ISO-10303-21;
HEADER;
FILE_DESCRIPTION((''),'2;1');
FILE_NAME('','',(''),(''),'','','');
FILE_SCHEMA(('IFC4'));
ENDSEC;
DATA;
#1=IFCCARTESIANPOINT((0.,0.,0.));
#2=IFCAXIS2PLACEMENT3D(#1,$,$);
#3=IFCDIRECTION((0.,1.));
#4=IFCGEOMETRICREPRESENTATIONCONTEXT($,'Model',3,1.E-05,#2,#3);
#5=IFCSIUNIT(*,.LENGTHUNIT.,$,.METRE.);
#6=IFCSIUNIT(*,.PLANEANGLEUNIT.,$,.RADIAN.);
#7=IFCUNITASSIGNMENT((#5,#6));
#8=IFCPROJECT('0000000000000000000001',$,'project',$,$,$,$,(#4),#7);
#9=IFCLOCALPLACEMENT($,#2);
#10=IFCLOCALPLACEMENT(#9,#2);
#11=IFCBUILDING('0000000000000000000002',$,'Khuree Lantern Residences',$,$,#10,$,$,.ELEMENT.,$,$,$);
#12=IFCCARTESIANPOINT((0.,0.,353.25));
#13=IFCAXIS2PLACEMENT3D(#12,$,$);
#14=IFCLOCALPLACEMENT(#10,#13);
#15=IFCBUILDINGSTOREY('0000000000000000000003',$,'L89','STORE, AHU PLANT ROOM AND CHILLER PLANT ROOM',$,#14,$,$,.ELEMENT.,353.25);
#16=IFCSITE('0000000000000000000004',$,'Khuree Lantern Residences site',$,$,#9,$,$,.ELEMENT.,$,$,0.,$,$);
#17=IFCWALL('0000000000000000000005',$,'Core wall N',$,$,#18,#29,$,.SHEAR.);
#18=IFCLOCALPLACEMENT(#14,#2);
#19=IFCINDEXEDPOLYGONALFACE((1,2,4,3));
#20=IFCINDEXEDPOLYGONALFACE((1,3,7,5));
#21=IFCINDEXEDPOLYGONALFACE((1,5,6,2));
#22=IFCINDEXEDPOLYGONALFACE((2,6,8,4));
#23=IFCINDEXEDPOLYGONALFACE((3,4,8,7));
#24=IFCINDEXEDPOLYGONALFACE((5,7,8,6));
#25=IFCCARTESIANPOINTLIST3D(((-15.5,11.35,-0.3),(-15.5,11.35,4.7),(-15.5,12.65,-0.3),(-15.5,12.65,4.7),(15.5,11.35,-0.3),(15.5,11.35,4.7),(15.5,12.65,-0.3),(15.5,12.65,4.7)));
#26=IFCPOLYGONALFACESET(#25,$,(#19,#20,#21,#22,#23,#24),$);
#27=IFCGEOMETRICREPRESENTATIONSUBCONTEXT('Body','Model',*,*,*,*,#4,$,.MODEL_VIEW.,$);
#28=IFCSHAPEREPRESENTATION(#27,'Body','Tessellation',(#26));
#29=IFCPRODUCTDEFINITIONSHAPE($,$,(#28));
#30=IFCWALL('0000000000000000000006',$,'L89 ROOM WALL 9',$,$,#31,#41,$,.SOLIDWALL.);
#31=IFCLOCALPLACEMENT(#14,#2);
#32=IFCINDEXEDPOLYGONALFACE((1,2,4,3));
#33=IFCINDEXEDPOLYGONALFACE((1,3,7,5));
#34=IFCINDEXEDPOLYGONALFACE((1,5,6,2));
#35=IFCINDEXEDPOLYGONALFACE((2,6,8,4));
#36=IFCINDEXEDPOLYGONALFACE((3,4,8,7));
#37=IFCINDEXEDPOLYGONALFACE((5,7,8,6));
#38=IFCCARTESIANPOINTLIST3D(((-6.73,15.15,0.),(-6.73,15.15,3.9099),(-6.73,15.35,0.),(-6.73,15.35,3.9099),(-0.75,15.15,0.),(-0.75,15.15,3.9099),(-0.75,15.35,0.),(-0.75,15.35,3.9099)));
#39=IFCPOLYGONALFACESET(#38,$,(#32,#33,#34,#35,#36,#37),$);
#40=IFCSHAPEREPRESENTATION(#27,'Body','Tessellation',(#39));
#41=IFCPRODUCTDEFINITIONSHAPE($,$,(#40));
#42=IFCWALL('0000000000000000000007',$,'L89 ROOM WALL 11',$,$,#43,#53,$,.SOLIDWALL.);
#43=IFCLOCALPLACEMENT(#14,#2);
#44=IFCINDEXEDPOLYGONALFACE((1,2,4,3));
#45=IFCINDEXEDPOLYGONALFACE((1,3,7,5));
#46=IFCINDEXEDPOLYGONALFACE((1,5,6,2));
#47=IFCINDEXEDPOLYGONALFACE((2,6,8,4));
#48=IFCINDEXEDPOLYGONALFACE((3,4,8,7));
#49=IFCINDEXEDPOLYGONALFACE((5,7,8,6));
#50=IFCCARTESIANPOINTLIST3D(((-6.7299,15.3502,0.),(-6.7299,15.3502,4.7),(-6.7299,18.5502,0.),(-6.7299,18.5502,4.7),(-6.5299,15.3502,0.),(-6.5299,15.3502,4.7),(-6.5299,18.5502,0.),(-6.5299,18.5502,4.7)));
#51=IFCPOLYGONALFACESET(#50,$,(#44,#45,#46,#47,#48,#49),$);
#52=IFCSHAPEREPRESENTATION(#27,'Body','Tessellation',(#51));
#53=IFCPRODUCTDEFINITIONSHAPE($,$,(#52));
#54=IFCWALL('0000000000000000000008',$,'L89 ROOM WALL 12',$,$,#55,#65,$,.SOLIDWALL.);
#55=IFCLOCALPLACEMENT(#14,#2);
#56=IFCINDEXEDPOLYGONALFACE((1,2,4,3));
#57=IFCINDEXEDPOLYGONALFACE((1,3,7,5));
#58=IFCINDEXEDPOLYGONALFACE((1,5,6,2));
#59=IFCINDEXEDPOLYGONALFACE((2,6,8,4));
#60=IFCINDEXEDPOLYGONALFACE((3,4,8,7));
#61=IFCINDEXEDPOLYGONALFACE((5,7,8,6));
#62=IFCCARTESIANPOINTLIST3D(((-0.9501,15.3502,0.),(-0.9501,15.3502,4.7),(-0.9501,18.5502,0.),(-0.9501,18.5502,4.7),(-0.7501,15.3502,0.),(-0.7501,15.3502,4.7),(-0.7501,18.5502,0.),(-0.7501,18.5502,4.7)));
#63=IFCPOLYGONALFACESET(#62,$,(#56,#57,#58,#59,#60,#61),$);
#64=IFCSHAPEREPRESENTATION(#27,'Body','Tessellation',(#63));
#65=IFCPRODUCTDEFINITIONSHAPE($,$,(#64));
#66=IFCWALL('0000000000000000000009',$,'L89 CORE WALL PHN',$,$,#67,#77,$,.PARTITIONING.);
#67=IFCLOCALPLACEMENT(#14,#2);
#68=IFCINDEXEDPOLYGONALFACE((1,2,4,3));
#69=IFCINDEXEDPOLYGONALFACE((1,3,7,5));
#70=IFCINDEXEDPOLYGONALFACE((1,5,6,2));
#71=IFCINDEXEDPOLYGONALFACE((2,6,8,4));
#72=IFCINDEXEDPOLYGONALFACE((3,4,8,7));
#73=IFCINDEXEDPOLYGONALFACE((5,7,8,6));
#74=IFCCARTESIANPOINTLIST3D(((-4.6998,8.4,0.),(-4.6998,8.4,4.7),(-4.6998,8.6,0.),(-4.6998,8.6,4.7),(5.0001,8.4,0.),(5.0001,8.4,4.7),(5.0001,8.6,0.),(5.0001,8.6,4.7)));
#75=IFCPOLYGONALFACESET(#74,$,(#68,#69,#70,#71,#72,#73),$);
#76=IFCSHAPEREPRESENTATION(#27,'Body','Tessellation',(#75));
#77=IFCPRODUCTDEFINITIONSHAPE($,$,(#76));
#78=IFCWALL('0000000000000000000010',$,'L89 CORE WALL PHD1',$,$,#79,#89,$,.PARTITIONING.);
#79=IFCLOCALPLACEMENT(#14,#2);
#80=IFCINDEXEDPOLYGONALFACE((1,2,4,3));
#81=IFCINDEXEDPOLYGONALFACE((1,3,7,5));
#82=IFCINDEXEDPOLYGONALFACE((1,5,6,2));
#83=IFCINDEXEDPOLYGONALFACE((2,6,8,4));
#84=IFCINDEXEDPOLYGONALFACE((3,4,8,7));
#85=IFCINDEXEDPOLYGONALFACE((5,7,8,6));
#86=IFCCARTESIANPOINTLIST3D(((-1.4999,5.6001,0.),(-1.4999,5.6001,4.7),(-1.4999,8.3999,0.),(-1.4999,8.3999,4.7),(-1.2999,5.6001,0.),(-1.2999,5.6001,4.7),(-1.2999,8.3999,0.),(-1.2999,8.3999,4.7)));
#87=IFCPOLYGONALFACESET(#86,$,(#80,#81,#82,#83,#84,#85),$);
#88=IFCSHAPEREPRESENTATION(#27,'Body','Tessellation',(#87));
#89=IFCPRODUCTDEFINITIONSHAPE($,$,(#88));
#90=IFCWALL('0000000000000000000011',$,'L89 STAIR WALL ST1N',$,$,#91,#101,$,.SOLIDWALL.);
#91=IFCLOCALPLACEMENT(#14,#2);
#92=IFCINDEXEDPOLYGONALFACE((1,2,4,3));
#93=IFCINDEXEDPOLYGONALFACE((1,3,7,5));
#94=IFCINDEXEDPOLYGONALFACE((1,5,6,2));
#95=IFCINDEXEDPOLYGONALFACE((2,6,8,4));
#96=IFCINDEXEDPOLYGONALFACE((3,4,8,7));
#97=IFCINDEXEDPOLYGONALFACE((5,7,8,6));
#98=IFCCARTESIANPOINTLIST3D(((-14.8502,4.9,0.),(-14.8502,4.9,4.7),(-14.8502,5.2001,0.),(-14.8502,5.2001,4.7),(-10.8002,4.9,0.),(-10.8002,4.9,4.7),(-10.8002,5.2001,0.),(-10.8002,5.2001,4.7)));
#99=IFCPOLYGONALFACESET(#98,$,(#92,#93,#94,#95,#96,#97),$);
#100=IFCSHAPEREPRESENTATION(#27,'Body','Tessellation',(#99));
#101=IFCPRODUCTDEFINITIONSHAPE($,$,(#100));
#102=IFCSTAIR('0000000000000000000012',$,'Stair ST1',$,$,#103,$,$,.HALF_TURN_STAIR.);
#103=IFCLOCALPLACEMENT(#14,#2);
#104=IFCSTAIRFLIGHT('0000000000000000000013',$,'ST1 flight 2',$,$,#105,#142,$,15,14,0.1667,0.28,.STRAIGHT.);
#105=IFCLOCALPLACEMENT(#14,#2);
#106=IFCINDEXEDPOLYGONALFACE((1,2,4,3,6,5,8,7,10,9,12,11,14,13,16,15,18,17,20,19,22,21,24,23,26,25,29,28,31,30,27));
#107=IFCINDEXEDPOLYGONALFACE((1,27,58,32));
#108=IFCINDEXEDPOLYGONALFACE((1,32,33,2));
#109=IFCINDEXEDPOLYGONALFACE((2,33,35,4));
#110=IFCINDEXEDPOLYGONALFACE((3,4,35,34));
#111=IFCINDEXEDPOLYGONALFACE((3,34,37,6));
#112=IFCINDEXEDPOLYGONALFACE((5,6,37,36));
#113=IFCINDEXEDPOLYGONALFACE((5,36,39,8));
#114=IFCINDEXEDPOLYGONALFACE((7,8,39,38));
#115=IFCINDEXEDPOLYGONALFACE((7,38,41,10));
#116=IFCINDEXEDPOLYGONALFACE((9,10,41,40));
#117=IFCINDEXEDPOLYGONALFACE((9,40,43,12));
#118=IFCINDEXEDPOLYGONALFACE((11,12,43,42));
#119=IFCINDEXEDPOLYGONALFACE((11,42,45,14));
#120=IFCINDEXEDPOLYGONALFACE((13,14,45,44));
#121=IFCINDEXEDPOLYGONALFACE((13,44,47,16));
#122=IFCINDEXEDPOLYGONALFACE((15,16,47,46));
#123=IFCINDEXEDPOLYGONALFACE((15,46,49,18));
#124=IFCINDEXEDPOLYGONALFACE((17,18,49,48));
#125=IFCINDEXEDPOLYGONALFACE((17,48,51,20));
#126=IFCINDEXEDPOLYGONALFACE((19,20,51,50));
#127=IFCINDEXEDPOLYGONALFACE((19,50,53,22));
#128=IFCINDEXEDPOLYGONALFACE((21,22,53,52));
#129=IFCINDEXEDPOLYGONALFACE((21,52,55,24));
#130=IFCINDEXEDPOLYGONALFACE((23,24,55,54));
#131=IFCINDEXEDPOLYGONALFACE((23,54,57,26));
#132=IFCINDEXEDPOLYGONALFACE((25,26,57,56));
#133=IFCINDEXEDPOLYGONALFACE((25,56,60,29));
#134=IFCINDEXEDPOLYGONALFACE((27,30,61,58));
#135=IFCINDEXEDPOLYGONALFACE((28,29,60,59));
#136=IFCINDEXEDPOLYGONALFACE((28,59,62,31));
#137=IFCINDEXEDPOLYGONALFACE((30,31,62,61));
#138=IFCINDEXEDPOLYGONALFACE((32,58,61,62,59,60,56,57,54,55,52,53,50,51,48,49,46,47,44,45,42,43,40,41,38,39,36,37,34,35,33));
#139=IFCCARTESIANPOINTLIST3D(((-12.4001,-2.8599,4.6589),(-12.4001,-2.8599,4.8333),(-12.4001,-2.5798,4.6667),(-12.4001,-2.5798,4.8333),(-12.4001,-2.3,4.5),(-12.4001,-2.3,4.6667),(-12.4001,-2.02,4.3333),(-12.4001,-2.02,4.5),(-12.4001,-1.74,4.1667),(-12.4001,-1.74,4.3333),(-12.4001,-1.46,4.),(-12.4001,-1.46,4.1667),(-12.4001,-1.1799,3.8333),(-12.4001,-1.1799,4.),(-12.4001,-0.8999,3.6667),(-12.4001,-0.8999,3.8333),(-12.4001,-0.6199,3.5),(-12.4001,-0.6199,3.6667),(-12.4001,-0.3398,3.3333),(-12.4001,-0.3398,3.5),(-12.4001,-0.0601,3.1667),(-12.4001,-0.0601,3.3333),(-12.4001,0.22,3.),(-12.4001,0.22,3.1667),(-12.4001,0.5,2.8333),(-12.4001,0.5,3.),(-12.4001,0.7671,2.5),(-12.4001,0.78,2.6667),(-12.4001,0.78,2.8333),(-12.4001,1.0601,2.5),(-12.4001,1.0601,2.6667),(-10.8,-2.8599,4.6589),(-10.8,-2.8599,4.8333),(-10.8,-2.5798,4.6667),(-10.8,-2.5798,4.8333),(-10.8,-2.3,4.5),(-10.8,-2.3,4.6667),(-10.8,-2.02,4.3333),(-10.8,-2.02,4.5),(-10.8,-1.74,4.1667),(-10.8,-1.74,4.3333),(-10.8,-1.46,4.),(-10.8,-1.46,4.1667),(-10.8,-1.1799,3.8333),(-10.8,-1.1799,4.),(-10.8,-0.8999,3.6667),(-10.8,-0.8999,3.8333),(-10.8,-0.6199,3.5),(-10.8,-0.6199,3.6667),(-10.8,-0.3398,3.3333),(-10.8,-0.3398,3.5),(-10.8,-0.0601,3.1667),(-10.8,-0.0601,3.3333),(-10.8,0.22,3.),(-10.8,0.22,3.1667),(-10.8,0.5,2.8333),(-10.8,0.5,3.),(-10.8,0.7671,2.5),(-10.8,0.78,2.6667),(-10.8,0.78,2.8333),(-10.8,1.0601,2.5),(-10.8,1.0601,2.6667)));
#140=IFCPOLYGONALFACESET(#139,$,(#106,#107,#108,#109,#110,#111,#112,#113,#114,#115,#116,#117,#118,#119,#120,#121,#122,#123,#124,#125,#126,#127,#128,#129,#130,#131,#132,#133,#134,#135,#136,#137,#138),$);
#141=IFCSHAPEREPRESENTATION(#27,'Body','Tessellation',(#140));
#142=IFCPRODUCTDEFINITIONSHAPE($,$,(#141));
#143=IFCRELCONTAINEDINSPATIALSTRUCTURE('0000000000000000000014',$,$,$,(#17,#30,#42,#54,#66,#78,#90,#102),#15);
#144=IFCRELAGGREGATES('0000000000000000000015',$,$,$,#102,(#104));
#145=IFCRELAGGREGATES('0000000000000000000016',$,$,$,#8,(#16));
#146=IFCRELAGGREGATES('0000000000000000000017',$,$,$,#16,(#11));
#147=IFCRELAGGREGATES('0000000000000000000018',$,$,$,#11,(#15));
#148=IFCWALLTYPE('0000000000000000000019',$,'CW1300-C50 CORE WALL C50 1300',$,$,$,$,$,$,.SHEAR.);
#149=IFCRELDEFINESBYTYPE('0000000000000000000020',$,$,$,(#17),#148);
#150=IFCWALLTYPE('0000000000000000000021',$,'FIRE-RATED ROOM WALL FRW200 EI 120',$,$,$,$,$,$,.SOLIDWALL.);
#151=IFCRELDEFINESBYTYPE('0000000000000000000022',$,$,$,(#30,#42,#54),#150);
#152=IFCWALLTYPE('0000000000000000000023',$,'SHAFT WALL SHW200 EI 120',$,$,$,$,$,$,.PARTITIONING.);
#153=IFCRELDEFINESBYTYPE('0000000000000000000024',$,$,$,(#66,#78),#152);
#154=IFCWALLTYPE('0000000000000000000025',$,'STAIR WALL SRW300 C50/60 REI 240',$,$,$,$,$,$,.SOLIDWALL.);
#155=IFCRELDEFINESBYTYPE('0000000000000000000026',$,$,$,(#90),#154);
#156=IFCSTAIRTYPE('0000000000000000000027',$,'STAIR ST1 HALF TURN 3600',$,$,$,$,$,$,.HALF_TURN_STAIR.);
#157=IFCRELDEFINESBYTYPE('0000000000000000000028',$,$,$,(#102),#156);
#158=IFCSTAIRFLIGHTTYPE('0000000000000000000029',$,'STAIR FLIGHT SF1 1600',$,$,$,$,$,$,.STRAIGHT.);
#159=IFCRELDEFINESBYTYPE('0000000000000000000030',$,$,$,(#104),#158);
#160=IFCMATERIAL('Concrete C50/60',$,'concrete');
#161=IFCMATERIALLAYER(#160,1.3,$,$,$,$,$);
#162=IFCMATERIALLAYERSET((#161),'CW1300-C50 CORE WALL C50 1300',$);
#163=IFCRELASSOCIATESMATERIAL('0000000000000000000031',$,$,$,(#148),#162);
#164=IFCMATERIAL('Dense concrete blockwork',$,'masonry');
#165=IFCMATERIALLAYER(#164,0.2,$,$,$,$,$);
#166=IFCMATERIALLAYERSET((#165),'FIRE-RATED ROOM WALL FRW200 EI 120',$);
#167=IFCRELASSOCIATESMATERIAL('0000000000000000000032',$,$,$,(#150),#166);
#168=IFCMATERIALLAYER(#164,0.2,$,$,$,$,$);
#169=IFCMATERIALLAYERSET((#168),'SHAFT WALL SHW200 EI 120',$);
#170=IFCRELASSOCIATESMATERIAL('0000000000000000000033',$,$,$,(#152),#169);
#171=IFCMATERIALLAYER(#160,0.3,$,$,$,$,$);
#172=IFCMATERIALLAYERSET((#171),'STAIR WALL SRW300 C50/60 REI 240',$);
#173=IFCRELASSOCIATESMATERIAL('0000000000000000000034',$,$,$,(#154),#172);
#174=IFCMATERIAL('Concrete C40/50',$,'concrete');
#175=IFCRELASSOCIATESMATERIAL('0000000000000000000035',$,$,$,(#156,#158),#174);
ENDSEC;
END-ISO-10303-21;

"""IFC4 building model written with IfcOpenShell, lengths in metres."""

from ifc_helpers import new_model, si_unit, direction, frame, frame_2d, origin, place, context, subcontext, project, spatial, polyline, rectangle, outline, extrude, material, layer, layer_set, type_object, element, aggregate, save


model = new_model("IFC4")

# Units and contexts
model_context = context("Model", 3, precision=1e-05, world=origin(), true_north=direction((0.0, 1.0)))
body_context = subcontext(model_context, "Body", "Model", "MODEL_VIEW")
ifc_project = project(units=[si_unit("LENGTHUNIT", "METRE"), si_unit("PLANEANGLEUNIT", "RADIAN")], contexts=[model_context])

# Site, building, storey
site_placement = place(None, origin())
site = spatial("IfcSite", under=ifc_project, at=site_placement, Name="Khuree Lantern Residences site", CompositionType="ELEMENT", RefElevation=0.0)
building_placement = place(site_placement, origin())
building = spatial("IfcBuilding", under=site, at=building_placement, Name="Khuree Lantern Residences", CompositionType="ELEMENT")
storey_placement = place(building_placement, frame((0.0, 0.0, 353.25)))
storey = spatial("IfcBuildingStorey", under=building, at=storey_placement, Name="L89", Description="STORE, AHU PLANT ROOM AND CHILLER PLANT ROOM", CompositionType="ELEMENT", Elevation=353.25)

# Shared definitions
ifc_material_1 = material(Name="Concrete C50/60", Category="concrete")

# Shared definitions
ifc_material_2 = material(Name="Dense concrete blockwork", Category="masonry")

# Walls
ifc_layer_1 = layer(ifc_material_1, 1.3)
ifc_layer_set_1 = layer_set([ifc_layer_1], Name="CW1300-C50 CORE WALL C50 1300")
wall_type_1 = type_object("IfcWallType", Name="CW1300-C50 CORE WALL C50 1300", PredefinedType="SHEAR", material=ifc_layer_set_1)
wall_1_placement = place(storey_placement, frame((-15.5, 12.0, -0.3), z_axis=(0.0, 0.0, 1.0), x_axis=(1.0, 0.0, 0.0)))
element("IfcWall", 1, at=wall_1_placement, inside=storey, type_object=wall_type_1, Name="Core wall N", PredefinedType="SHEAR", context=body_context, shape_type="SweptSolid", body=[
    extrude(rectangle(XDim=31.0, YDim=1.3, at=frame_2d((15.5, 0.0))), origin(), (0.0, 0.0, 1.0), 5.0),
])
ifc_layer_2 = layer(ifc_material_2, 0.2)
ifc_layer_set_2 = layer_set([ifc_layer_2], Name="FIRE-RATED ROOM WALL FRW200 EI 120")
wall_type_2 = type_object("IfcWallType", Name="FIRE-RATED ROOM WALL FRW200 EI 120", PredefinedType="SOLIDWALL", material=ifc_layer_set_2)
wall_2_placement = place(storey_placement, frame((-6.73, 15.25, 0.0), z_axis=(0.0, 0.0, 1.0), x_axis=(1.0, 0.0, 0.0)))
element("IfcWall", 2, at=wall_2_placement, inside=storey, type_object=wall_type_2, Name="L89 ROOM WALL 9", PredefinedType="SOLIDWALL", context=body_context, shape_type="SweptSolid", body=[
    extrude(rectangle(XDim=5.98, YDim=0.2, at=frame_2d((2.99, 0.0))), origin(), (0.0, 0.0, 1.0), 3.9099),
])
for number, where, z_axis, x_axis, name in (
    (3, (-6.6299, 15.3501, 0.0), (0.0, 0.0, 1.0), (0.0, 1.0, 0.0), "L89 ROOM WALL 11"),
    (4, (-0.8501, 15.3501, 0.0), (0.0, 0.0, 1.0), (0.0, 1.0, 0.0), "L89 ROOM WALL 12"),
):
    element("IfcWall", number, at=place(storey_placement, frame(where, z_axis=z_axis, x_axis=x_axis)), inside=storey, type_object=wall_type_2, Name=name, PredefinedType="SOLIDWALL", context=body_context, shape_type="SweptSolid", body=[
        extrude(rectangle(XDim=3.2, YDim=0.2, at=frame_2d((1.6001, 0.0))), origin(), (0.0, 0.0, 1.0), 4.7),
    ])

# Walls
ifc_layer_3 = layer(ifc_material_2, 0.2)
ifc_layer_set_3 = layer_set([ifc_layer_3], Name="SHAFT WALL SHW200 EI 120")
wall_type_3 = type_object("IfcWallType", Name="SHAFT WALL SHW200 EI 120", PredefinedType="PARTITIONING", material=ifc_layer_set_3)
wall_3_placement = place(storey_placement, frame((-4.7, 8.5, 0.0), z_axis=(0.0, 0.0, 1.0), x_axis=(1.0, 0.0, 0.0)))
element("IfcWall", 5, at=wall_3_placement, inside=storey, type_object=wall_type_3, Name="L89 CORE WALL PHN", PredefinedType="PARTITIONING", context=body_context, shape_type="SweptSolid", body=[
    extrude(rectangle(XDim=9.7, YDim=0.2, at=frame_2d((4.8501, 0.0))), origin(), (0.0, 0.0, 1.0), 4.7),
])
wall_4_placement = place(storey_placement, frame((-1.3999, 5.6001, 0.0), z_axis=(0.0, 0.0, 1.0), x_axis=(0.0, 1.0, 0.0)))
element("IfcWall", 6, at=wall_4_placement, inside=storey, type_object=wall_type_3, Name="L89 CORE WALL PHD1", PredefinedType="PARTITIONING", context=body_context, shape_type="SweptSolid", body=[
    extrude(rectangle(XDim=2.7998, YDim=0.2, at=frame_2d((1.3999, 0.0))), origin(), (0.0, 0.0, 1.0), 4.7),
])
ifc_layer_4 = layer(ifc_material_1, 0.3)
ifc_layer_set_4 = layer_set([ifc_layer_4], Name="STAIR WALL SRW300 C50/60 REI 240")
wall_type_4 = type_object("IfcWallType", Name="STAIR WALL SRW300 C50/60 REI 240", PredefinedType="SOLIDWALL", material=ifc_layer_set_4)
wall_5_placement = place(storey_placement, frame((-14.8501, 5.05, 0.0), z_axis=(0.0, 0.0, 1.0), x_axis=(1.0, 0.0, 0.0)))
element("IfcWall", 7, at=wall_5_placement, inside=storey, type_object=wall_type_4, Name="L89 STAIR WALL ST1N", PredefinedType="SOLIDWALL", context=body_context, shape_type="SweptSolid", body=[
    extrude(rectangle(XDim=4.05, YDim=0.3, at=frame_2d((2.0249, 0.0))), origin(), (0.0, 0.0, 1.0), 4.7),
])

# Stair, stair flight
ifc_material_3 = material(Name="Concrete C40/50", Category="concrete")
stair_type = type_object("IfcStairType", Name="STAIR ST1 HALF TURN 3600", PredefinedType="HALF_TURN_STAIR", material=ifc_material_3)
stair_placement = place(storey_placement, origin())
stair = element("IfcStair", 8, at=stair_placement, inside=storey, type_object=stair_type, Name="Stair ST1", PredefinedType="HALF_TURN_STAIR")
stair_flight_type = type_object("IfcStairFlightType", Name="STAIR FLIGHT SF1 1600", PredefinedType="STRAIGHT", material=ifc_material_3)
stair_flight_placement = place(storey_placement, frame((-11.6001, 1.0601, 2.5), z_axis=(0.0, 0.0, 1.0), x_axis=(0.0, -1.0, 0.0)))
stair_flight = element("IfcStairFlight", 9, at=stair_flight_placement, type_object=stair_flight_type, Name="ST1 flight 2", NumberOfRisers=15, NumberOfTreads=14, PredefinedType="STRAIGHT", RiserHeight=0.1667, TreadLength=0.28, context=body_context, shape_type="SweptSolid", body=[
    extrude(outline(polyline([(0.0, 0.0), (0.0, 0.1667), (0.28, 0.1667), (0.28, 0.3333), (0.5601, 0.3333), (0.5601, 0.5), (0.8401, 0.5), (0.8401, 0.6667), (1.1201, 0.6667), (1.1201, 0.8333), (1.3999, 0.8333), (1.3999, 1.0), (1.6799, 1.0), (1.6799, 1.1667), (1.96, 1.1667), (1.96, 1.3333), (2.24, 1.3333), (2.24, 1.5), (2.52, 1.5), (2.52, 1.6667), (2.8, 1.6667), (2.8, 1.8333), (3.0801, 1.8333), (3.0801, 2.0), (3.3601, 2.0), (3.3601, 2.1667), (3.6399, 2.1667), (3.6399, 2.3333), (3.9199, 2.3333), (3.9199, 2.5), (3.9199, 2.1589), (0.293, 0.0), (0.0, 0.0)])), frame((0.0, 0.8, 0.0), z_axis=(0.0, -1.0, 0.0), x_axis=(1.0, 0.0, 0.0)), (0.0, 0.0, 1.0), 1.6001),
])
aggregate(stair, [stair_flight])

save(model, "model.ifc")
